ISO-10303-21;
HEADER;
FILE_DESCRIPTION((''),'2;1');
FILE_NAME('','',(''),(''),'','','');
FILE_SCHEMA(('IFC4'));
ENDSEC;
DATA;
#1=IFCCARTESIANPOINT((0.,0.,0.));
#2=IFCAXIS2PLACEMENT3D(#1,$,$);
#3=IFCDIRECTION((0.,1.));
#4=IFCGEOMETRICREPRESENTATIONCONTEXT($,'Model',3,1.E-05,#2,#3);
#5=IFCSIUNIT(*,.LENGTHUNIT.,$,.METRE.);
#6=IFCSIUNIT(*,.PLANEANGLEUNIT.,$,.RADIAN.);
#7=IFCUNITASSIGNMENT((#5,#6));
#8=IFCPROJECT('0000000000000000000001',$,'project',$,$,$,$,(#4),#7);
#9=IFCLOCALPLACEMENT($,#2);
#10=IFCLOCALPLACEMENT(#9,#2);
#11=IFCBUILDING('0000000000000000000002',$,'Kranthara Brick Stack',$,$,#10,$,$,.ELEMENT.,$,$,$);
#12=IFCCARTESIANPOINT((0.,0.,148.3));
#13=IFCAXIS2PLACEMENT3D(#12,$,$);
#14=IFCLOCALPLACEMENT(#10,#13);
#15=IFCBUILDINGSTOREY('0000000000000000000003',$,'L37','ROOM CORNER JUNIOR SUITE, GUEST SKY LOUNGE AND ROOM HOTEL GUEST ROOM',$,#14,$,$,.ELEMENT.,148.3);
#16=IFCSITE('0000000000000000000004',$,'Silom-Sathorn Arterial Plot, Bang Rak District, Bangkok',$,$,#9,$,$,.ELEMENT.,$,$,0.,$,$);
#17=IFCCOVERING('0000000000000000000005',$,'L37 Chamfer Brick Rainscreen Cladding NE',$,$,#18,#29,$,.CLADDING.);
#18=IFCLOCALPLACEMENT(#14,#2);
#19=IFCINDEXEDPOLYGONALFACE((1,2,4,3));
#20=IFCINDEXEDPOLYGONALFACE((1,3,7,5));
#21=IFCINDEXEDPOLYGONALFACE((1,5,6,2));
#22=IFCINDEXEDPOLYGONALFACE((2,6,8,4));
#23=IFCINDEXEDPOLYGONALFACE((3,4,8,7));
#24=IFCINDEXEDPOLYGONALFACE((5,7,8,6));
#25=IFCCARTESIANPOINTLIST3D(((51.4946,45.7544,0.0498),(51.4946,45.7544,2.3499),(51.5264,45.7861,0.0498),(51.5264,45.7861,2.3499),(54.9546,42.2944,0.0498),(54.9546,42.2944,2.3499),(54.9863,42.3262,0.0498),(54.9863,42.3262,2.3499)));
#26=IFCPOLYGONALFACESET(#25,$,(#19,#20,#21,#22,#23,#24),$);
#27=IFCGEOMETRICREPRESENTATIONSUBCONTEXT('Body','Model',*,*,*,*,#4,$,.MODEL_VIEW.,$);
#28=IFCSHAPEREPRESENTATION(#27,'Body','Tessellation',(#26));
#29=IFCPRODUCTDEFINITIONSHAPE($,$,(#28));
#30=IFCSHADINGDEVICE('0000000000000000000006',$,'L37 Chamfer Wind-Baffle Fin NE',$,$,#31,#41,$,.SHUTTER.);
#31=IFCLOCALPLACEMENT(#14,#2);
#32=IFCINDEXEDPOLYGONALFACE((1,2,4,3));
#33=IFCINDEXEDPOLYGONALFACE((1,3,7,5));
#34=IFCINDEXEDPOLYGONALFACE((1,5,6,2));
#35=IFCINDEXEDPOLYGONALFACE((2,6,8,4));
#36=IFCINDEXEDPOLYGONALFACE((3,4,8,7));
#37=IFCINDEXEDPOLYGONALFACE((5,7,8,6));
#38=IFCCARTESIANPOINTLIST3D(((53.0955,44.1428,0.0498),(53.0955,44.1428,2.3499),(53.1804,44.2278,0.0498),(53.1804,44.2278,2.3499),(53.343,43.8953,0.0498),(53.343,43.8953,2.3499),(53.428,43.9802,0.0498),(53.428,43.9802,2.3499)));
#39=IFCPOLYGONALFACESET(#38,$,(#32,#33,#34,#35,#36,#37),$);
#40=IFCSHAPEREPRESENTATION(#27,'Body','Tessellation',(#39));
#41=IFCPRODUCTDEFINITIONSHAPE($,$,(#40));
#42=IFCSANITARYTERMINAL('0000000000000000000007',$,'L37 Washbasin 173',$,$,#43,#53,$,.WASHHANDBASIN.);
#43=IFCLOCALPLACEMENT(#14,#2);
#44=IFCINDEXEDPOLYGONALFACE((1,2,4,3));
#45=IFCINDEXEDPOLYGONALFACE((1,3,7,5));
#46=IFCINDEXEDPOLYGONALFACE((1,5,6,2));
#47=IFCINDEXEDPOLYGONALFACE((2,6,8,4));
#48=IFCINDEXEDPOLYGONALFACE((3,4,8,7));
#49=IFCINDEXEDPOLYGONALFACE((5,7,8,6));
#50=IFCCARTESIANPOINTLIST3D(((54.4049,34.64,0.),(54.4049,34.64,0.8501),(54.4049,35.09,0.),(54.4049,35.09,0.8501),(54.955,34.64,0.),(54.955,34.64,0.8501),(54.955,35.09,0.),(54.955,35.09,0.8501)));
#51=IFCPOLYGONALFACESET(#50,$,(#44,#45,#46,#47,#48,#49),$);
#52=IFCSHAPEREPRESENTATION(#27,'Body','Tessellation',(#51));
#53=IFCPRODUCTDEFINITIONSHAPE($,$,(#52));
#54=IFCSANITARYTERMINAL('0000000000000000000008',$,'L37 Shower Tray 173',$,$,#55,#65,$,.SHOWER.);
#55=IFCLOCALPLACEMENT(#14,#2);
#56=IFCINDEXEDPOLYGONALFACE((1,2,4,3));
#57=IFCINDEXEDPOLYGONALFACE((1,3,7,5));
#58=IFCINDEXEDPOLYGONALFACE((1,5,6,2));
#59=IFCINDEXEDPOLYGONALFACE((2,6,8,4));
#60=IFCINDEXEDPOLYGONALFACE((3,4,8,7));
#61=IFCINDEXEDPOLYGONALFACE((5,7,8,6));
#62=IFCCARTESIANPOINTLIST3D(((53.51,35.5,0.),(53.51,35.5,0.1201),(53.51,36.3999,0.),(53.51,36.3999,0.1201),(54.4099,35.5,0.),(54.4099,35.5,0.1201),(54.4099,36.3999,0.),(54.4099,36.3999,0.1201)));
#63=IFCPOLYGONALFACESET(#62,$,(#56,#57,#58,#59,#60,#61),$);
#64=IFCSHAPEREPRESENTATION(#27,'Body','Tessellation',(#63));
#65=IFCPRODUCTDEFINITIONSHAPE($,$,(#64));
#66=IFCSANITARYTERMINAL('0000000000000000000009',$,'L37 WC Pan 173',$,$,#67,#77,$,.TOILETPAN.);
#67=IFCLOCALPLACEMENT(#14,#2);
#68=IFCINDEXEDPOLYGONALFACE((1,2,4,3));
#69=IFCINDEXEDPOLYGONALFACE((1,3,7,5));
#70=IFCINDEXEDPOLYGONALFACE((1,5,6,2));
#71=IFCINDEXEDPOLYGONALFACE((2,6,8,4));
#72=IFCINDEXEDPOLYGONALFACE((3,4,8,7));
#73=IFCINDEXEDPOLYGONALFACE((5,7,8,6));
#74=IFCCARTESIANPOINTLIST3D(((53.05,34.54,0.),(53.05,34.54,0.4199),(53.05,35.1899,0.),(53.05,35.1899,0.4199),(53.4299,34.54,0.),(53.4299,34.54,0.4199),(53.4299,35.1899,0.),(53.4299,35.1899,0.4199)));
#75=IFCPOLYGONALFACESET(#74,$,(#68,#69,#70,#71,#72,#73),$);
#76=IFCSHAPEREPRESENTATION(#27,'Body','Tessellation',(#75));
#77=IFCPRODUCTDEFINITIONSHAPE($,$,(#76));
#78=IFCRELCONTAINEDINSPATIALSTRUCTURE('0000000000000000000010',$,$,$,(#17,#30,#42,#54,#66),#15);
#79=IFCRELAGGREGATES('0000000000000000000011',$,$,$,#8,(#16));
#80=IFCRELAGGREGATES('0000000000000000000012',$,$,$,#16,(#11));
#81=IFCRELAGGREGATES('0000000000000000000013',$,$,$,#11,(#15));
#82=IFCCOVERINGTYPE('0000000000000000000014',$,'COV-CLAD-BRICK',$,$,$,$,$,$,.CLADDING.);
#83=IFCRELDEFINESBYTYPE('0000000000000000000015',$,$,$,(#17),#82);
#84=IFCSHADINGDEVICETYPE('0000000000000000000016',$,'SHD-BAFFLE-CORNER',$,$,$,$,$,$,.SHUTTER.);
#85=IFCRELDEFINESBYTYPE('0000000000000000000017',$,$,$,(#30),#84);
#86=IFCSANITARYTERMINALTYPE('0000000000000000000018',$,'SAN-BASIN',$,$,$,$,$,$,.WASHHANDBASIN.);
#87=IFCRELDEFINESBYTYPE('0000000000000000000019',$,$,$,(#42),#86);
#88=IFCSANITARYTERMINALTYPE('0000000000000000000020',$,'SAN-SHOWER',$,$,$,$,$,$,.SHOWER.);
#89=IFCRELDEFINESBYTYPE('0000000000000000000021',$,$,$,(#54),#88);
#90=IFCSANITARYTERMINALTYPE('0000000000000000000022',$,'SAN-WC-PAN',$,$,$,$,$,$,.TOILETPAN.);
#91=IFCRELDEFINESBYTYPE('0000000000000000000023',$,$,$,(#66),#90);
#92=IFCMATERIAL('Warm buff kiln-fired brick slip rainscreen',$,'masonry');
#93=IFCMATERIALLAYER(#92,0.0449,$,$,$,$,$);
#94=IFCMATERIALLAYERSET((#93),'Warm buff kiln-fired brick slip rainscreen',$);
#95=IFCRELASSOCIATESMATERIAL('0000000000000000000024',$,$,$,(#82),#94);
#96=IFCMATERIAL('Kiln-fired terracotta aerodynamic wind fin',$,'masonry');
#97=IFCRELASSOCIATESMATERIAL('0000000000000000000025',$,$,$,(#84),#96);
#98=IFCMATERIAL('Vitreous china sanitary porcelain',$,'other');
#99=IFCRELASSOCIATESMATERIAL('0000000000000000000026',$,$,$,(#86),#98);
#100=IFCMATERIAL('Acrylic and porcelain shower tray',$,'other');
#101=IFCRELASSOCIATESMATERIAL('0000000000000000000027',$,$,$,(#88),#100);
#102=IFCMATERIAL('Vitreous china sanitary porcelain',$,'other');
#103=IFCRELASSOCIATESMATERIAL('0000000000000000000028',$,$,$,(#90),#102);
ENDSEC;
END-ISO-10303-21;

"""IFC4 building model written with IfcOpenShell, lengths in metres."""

from ifc_helpers import new_model, si_unit, direction, frame, origin, origin_2d, place, context, subcontext, project, spatial, rectangle, extrude, material, layer, layer_set, type_object, element, save


model = new_model("IFC4")

# Units and contexts
model_context = context("Model", 3, precision=1e-05, world=origin(), true_north=direction((0.0, 1.0)))
body_context = subcontext(model_context, "Body", "Model", "MODEL_VIEW")
ifc_project = project(units=[si_unit("LENGTHUNIT", "METRE"), si_unit("PLANEANGLEUNIT", "RADIAN")], contexts=[model_context])

# Site, building, storey
site_placement = place(None, origin())
site = spatial("IfcSite", under=ifc_project, at=site_placement, Name="Silom-Sathorn Arterial Plot, Bang Rak District, Bangkok", CompositionType="ELEMENT", RefElevation=0.0)
building_placement = place(site_placement, origin())
building = spatial("IfcBuilding", under=site, at=building_placement, Name="Kranthara Brick Stack", CompositionType="ELEMENT")
storey_placement = place(building_placement, frame((0.0, 0.0, 148.3)))
storey = spatial("IfcBuildingStorey", under=building, at=storey_placement, Name="L37", Description="ROOM CORNER JUNIOR SUITE, GUEST SKY LOUNGE AND ROOM HOTEL GUEST ROOM", CompositionType="ELEMENT", Elevation=148.3)

# Covering
ifc_material_1 = material(Name="Warm buff kiln-fired brick slip rainscreen", Category="masonry")
ifc_layer_1 = layer(ifc_material_1, 0.0449)
ifc_layer_set_1 = layer_set([ifc_layer_1], Name="Warm buff kiln-fired brick slip rainscreen")
covering_type = type_object("IfcCoveringType", Name="COV-CLAD-BRICK", PredefinedType="CLADDING", material=ifc_layer_set_1)
covering_placement = place(storey_placement, frame((53.2405, 44.0403, 0.0498), z_axis=(0.0, 0.0, 1.0), x_axis=(0.707107, -0.707107, 0.0)))
element("IfcCovering", 1, at=covering_placement, inside=storey, type_object=covering_type, Name="L37 Chamfer Brick Rainscreen Cladding NE", PredefinedType="CLADDING", context=body_context, shape_type="SweptSolid", body=[
    extrude(rectangle(XDim=4.8931, YDim=0.0449, at=origin_2d()), origin(), (0.0, 0.0, 1.0), 2.3),
])

# Shading device
ifc_material_2 = material(Name="Kiln-fired terracotta aerodynamic wind fin", Category="masonry")
shading_device_type = type_object("IfcShadingDeviceType", Name="SHD-BAFFLE-CORNER", PredefinedType="SHUTTER", material=ifc_material_2)
shading_device_placement = place(storey_placement, frame((53.2617, 44.0615, 0.0498), z_axis=(0.0, 0.0, 1.0), x_axis=(0.707107, -0.707107, 0.0)))
element("IfcShadingDevice", 2, at=shading_device_placement, inside=storey, type_object=shading_device_type, Name="L37 Chamfer Wind-Baffle Fin NE", PredefinedType="SHUTTER", context=body_context, shape_type="SweptSolid", body=[
    extrude(rectangle(XDim=0.3501, YDim=0.1201, at=origin_2d()), origin(), (0.0, 0.0, 1.0), 2.3),
])

# Sanitary terminals
ifc_material_3 = material(Name="Vitreous china sanitary porcelain", Category="other")
sanitary_terminal_type_1 = type_object("IfcSanitaryTerminalType", Name="SAN-BASIN", PredefinedType="WASHHANDBASIN", material=ifc_material_3)
sanitary_terminal_1_placement = place(storey_placement, frame((54.6799, 34.865, 0.0), z_axis=(0.0, 0.0, 1.0), x_axis=(1.0, 0.0, 0.0)))
element("IfcSanitaryTerminal", 3, at=sanitary_terminal_1_placement, inside=storey, type_object=sanitary_terminal_type_1, Name="L37 Washbasin 173", PredefinedType="WASHHANDBASIN", context=body_context, shape_type="SweptSolid", body=[
    extrude(rectangle(XDim=0.55, YDim=0.45, at=origin_2d()), origin(), (0.0, 0.0, 1.0), 0.8501),
])
ifc_material_4 = material(Name="Acrylic and porcelain shower tray", Category="other")
sanitary_terminal_type_2 = type_object("IfcSanitaryTerminalType", Name="SAN-SHOWER", PredefinedType="SHOWER", material=ifc_material_4)
sanitary_terminal_2_placement = place(storey_placement, frame((53.96, 35.95, 0.0), z_axis=(0.0, 0.0, 1.0), x_axis=(1.0, 0.0, 0.0)))
element("IfcSanitaryTerminal", 4, at=sanitary_terminal_2_placement, inside=storey, type_object=sanitary_terminal_type_2, Name="L37 Shower Tray 173", PredefinedType="SHOWER", context=body_context, shape_type="SweptSolid", body=[
    extrude(rectangle(XDim=0.8999, YDim=0.8999, at=origin_2d()), origin(), (0.0, 0.0, 1.0), 0.1201),
])
ifc_material_5 = material(Name="Vitreous china sanitary porcelain", Category="other")
sanitary_terminal_type_3 = type_object("IfcSanitaryTerminalType", Name="SAN-WC-PAN", PredefinedType="TOILETPAN", material=ifc_material_5)
sanitary_terminal_3_placement = place(storey_placement, frame((53.24, 34.865, 0.0), z_axis=(0.0, 0.0, 1.0), x_axis=(1.0, 0.0, 0.0)))
element("IfcSanitaryTerminal", 5, at=sanitary_terminal_3_placement, inside=storey, type_object=sanitary_terminal_type_3, Name="L37 WC Pan 173", PredefinedType="TOILETPAN", context=body_context, shape_type="SweptSolid", body=[
    extrude(rectangle(XDim=0.3799, YDim=0.6499, at=origin_2d()), origin(), (0.0, 0.0, 1.0), 0.4199),
])

save(model, "model.ifc")
